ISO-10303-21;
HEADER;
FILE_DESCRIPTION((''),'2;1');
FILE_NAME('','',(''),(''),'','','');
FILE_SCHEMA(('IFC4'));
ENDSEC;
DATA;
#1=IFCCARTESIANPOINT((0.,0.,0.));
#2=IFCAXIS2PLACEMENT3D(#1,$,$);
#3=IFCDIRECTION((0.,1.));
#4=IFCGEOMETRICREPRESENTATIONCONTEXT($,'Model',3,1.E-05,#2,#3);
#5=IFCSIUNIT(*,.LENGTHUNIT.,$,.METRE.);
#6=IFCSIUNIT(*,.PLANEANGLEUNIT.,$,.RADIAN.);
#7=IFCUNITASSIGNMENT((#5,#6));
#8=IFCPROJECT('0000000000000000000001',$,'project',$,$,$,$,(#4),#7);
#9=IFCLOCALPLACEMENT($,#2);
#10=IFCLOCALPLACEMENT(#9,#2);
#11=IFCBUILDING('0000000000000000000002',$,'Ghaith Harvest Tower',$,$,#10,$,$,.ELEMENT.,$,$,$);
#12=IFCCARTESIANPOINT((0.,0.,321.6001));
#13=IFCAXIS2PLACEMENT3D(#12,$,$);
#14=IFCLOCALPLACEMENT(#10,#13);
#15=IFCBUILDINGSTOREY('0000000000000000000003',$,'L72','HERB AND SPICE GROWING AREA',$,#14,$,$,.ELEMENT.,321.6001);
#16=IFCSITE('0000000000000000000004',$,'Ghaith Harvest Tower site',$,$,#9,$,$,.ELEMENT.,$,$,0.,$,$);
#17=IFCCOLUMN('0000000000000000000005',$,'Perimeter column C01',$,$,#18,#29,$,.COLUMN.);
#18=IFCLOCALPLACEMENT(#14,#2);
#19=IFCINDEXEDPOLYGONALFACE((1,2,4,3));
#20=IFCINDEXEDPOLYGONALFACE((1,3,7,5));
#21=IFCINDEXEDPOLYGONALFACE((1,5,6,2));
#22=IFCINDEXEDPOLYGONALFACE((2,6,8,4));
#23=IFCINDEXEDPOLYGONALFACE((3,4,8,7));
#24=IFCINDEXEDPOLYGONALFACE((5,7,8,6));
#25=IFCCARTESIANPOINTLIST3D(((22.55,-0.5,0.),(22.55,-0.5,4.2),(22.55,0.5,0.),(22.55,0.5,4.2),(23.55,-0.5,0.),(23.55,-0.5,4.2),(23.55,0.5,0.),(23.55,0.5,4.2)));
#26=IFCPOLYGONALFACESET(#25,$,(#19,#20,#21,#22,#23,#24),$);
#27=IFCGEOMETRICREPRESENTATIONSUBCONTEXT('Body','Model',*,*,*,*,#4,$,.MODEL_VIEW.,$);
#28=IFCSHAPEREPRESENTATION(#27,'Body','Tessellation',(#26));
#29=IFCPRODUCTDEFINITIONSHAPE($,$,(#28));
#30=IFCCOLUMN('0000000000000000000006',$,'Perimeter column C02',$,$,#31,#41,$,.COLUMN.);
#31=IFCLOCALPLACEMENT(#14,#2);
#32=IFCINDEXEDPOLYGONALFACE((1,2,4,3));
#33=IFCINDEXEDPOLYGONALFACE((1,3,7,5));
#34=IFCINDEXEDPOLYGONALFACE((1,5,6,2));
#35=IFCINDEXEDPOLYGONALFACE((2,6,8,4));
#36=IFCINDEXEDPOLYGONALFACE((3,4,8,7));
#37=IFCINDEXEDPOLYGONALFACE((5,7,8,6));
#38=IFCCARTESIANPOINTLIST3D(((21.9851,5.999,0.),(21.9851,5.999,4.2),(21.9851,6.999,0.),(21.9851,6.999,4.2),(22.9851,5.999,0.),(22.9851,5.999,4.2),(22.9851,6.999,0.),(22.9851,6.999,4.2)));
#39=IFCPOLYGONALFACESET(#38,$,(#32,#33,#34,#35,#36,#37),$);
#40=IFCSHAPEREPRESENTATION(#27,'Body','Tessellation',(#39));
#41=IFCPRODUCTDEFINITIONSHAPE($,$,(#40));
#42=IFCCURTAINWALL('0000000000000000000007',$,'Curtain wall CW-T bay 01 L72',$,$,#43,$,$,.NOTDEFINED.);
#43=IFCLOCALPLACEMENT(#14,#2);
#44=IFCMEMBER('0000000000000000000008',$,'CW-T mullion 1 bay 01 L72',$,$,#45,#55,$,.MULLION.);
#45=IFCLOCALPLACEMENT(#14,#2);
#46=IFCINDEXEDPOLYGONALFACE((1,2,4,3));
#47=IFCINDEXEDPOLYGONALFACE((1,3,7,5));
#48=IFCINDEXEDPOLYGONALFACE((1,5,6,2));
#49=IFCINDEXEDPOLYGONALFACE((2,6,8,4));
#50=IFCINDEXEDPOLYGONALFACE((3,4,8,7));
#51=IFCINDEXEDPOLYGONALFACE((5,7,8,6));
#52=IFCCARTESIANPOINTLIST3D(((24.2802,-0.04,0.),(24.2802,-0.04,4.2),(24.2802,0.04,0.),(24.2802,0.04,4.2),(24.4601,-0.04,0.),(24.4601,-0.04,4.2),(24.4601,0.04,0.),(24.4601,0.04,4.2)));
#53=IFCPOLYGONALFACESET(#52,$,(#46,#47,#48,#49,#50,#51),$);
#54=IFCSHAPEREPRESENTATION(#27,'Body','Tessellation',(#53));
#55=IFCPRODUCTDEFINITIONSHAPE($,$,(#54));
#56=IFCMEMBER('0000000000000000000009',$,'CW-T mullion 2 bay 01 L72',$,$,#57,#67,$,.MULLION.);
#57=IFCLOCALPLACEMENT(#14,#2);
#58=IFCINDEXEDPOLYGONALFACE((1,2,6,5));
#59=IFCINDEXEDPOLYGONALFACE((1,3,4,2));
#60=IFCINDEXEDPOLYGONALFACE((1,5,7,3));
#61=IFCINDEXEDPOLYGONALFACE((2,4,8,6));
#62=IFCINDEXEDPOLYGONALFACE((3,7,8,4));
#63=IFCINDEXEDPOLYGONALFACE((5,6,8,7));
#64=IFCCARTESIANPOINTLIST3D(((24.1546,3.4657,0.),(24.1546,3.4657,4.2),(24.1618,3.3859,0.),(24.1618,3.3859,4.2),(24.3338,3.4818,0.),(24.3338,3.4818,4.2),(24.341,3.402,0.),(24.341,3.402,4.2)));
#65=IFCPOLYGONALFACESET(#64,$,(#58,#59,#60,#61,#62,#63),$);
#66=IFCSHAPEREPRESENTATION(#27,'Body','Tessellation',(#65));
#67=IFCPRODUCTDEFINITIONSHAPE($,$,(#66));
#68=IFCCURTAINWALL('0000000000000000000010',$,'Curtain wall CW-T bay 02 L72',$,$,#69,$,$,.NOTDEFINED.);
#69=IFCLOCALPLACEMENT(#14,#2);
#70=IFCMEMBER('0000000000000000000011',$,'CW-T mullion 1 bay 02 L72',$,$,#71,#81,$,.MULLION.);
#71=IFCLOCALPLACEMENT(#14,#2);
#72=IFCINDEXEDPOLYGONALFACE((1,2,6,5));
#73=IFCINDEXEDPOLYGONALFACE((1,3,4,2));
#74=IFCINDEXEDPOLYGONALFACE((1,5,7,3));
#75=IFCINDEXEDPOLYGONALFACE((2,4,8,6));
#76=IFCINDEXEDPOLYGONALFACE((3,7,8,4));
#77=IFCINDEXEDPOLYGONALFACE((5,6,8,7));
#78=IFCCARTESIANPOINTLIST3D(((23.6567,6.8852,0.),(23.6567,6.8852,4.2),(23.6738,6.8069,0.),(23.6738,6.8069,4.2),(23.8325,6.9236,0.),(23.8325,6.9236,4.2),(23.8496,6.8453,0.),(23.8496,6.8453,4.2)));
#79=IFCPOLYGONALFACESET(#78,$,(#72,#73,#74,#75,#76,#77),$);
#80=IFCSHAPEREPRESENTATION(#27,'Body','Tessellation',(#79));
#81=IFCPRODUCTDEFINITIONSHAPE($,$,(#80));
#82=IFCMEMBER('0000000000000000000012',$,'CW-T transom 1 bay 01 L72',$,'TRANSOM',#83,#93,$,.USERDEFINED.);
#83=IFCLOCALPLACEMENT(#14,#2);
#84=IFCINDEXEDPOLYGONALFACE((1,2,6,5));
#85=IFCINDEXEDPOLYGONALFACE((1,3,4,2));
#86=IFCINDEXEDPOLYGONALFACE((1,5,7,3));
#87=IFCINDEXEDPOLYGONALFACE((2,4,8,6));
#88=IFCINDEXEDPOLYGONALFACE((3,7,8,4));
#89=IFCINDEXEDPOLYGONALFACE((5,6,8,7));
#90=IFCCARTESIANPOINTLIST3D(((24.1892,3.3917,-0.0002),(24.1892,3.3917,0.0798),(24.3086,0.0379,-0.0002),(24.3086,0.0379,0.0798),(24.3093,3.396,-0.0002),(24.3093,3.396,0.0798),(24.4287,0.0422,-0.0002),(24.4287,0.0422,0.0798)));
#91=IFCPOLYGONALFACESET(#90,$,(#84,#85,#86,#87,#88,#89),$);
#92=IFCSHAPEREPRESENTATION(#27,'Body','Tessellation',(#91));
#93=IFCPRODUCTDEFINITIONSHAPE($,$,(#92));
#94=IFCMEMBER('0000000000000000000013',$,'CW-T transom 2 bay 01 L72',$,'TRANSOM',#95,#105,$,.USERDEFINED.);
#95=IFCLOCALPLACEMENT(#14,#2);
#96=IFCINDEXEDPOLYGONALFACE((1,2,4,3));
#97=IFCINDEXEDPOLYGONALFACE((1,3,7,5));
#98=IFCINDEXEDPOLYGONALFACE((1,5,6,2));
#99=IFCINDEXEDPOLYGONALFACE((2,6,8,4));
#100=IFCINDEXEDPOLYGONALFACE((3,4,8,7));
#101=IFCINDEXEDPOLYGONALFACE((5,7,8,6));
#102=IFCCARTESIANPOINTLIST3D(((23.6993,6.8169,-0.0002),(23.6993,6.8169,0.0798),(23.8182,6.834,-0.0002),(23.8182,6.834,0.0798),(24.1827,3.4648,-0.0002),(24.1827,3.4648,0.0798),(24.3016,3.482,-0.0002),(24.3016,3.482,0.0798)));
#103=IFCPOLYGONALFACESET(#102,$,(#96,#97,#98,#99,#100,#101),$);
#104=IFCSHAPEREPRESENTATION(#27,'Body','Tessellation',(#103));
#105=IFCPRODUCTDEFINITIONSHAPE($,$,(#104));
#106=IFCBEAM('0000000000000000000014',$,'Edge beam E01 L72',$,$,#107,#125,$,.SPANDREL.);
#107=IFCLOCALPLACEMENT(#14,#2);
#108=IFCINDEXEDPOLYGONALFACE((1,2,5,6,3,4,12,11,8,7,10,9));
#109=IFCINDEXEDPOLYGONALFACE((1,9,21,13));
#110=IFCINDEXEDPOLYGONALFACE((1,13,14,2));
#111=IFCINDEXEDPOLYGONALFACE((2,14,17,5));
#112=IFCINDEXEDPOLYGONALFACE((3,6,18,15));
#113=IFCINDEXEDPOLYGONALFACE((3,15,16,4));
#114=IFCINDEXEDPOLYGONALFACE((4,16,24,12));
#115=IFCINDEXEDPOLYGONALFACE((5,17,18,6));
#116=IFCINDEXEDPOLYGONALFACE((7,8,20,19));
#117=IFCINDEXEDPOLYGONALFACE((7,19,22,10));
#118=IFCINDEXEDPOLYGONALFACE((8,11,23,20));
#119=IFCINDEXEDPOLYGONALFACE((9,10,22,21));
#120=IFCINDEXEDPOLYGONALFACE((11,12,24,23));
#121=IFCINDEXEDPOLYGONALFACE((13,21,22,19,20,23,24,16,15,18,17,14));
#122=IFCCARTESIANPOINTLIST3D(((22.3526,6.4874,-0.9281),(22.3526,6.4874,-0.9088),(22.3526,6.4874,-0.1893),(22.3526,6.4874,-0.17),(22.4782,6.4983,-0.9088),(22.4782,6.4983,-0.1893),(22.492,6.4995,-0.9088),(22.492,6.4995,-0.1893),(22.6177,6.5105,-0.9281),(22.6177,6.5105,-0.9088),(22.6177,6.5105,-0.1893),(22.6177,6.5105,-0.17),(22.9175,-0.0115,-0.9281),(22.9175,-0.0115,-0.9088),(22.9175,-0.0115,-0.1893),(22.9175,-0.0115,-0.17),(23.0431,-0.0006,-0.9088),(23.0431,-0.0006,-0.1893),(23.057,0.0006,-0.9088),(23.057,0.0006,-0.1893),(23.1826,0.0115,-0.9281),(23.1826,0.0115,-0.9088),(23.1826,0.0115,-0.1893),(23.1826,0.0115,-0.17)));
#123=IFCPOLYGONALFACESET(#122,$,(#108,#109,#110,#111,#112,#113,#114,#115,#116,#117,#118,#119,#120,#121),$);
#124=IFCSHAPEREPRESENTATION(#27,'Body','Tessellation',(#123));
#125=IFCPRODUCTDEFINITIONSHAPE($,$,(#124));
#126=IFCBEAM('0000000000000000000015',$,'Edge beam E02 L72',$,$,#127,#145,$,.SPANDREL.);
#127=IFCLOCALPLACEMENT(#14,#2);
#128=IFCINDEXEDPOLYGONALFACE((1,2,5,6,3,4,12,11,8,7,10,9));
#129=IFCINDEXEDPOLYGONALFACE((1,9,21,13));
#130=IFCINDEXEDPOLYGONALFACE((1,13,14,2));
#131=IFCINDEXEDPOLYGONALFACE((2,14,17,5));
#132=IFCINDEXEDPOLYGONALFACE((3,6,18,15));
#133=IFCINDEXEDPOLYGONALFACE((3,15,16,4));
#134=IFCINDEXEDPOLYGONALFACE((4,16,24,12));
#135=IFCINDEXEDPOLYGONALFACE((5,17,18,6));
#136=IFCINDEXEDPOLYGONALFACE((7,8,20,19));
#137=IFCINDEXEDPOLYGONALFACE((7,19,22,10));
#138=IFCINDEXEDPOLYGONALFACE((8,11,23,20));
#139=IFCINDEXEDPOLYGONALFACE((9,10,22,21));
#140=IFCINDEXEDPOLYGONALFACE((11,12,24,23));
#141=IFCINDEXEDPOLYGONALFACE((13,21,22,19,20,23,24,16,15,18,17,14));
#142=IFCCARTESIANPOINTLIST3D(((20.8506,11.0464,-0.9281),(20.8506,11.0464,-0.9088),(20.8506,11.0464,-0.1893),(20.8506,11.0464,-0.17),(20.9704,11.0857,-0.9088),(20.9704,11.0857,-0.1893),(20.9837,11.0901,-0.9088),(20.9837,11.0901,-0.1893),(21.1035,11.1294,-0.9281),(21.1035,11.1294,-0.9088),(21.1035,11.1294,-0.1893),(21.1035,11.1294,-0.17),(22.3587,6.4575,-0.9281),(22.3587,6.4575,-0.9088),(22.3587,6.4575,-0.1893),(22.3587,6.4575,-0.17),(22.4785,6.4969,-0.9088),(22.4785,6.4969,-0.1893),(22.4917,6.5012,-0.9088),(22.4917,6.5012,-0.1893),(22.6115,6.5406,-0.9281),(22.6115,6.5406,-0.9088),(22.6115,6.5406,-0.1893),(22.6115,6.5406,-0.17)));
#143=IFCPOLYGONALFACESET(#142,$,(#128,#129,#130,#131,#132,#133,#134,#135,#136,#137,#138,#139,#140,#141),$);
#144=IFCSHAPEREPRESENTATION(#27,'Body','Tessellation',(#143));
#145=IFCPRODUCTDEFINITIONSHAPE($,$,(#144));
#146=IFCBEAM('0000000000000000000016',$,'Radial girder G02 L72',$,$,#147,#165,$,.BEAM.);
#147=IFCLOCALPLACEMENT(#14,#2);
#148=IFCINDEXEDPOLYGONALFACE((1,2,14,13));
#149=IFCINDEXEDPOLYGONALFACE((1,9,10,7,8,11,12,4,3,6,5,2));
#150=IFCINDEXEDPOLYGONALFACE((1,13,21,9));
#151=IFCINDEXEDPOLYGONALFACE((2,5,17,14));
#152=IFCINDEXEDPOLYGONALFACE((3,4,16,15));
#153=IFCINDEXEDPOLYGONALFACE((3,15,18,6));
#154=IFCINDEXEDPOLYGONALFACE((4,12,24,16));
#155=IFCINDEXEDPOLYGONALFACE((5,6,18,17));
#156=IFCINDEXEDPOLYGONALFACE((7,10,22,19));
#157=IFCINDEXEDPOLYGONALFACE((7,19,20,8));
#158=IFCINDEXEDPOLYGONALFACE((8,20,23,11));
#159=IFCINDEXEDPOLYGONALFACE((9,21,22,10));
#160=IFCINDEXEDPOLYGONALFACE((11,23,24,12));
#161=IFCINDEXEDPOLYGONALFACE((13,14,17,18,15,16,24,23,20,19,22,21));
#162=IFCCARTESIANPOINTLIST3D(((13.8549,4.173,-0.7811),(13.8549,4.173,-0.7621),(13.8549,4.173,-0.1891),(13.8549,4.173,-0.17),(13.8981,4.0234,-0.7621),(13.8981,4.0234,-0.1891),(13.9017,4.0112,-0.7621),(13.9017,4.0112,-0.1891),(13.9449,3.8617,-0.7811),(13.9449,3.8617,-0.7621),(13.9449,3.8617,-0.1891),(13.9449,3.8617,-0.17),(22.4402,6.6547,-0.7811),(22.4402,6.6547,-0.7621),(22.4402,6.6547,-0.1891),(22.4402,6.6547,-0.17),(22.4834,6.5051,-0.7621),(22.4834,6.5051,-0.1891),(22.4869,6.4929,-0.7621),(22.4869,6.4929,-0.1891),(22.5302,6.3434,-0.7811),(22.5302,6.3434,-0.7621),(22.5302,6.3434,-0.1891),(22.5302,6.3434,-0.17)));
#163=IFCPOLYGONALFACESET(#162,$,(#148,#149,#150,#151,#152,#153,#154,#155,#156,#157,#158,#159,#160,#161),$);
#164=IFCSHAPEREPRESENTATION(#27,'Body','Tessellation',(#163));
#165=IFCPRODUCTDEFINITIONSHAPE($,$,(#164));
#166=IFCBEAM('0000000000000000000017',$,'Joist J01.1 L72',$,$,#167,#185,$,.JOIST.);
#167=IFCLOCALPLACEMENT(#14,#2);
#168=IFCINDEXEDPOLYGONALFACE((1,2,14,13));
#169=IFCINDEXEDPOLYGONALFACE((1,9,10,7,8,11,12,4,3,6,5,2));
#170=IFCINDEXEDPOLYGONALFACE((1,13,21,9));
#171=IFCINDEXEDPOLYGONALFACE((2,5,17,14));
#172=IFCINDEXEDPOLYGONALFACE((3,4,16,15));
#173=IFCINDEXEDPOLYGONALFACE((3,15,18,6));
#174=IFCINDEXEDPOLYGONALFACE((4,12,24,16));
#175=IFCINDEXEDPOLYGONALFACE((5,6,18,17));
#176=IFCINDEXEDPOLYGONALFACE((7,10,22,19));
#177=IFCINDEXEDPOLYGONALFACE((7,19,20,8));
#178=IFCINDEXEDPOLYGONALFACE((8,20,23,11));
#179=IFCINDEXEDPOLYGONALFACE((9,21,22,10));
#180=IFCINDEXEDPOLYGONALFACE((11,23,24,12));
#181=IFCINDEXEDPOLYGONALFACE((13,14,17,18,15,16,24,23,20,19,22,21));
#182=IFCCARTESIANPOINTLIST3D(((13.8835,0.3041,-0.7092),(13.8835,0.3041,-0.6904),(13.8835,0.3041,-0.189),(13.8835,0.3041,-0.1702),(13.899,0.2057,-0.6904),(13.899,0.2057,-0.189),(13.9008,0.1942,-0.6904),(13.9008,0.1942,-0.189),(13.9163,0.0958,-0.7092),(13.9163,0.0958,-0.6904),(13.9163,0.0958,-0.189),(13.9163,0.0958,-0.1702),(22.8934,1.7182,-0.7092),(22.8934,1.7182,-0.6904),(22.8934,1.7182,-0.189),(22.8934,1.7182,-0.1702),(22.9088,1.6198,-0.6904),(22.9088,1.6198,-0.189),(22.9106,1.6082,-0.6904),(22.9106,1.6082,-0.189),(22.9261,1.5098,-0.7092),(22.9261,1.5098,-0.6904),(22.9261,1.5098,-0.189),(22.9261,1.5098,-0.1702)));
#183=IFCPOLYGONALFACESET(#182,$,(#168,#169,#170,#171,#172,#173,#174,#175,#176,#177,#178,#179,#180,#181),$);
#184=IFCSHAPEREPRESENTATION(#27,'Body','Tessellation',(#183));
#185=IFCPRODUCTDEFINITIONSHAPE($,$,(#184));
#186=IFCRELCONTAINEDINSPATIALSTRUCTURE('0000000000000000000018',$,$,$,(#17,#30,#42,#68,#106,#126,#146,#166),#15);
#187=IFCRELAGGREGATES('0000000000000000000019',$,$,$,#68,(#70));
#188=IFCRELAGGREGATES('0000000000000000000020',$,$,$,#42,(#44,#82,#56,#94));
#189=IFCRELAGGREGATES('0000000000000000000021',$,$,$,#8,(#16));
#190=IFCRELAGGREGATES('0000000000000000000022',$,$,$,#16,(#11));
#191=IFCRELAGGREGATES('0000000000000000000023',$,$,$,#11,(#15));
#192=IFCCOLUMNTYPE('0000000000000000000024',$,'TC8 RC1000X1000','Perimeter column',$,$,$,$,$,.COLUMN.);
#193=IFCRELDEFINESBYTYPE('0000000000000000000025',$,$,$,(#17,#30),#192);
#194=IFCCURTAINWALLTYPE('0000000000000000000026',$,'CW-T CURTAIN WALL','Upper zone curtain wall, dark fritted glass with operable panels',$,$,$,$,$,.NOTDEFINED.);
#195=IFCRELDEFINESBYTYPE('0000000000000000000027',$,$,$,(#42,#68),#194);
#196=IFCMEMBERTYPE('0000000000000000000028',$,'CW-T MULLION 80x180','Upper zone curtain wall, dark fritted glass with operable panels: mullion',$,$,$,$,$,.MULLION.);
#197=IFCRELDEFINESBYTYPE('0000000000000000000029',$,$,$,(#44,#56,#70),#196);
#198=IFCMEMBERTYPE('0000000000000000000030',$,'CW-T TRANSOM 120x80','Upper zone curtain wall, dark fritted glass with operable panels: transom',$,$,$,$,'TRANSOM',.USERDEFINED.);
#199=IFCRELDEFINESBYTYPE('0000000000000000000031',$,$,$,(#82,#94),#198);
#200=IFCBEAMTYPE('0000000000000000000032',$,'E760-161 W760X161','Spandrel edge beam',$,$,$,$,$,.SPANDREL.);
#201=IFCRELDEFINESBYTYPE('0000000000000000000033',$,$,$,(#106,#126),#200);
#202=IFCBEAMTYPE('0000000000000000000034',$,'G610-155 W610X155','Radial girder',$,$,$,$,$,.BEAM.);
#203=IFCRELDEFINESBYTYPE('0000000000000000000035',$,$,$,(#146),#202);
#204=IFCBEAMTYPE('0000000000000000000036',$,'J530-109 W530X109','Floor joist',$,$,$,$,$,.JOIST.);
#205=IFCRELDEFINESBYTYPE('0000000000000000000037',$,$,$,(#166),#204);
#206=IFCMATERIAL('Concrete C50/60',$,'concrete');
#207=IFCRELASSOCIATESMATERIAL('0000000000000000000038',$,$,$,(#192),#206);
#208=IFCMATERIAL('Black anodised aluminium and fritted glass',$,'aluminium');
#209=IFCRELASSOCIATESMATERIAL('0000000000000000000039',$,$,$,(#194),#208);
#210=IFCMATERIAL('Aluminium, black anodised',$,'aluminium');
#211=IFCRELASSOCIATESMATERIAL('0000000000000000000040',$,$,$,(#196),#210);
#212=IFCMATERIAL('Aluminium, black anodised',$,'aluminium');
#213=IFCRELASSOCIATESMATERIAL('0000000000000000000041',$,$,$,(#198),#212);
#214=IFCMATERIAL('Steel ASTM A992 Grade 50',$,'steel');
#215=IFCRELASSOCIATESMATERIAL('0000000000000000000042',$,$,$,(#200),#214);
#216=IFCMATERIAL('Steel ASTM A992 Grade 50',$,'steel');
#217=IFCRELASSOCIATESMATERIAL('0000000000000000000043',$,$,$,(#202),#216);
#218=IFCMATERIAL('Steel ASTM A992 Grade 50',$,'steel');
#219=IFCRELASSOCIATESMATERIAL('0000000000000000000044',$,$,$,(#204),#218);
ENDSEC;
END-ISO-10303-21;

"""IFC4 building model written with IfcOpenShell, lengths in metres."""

from ifc_helpers import new_model, si_unit, direction, frame, origin, origin_2d, place, context, subcontext, project, spatial, rectangle, i_section, extrude, material, material_profile, profile_set, type_object, element, aggregate, save


model = new_model("IFC4")

# Units and contexts
model_context = context("Model", 3, precision=1e-05, world=origin(), true_north=direction((0.0, 1.0)))
body_context = subcontext(model_context, "Body", "Model", "MODEL_VIEW")
ifc_project = project(units=[si_unit("LENGTHUNIT", "METRE"), si_unit("PLANEANGLEUNIT", "RADIAN")], contexts=[model_context])

# Site, building, storey
site_placement = place(None, origin())
site = spatial("IfcSite", under=ifc_project, at=site_placement, Name="Ghaith Harvest Tower site", CompositionType="ELEMENT", RefElevation=0.0)
building_placement = place(site_placement, origin())
building = spatial("IfcBuilding", under=site, at=building_placement, Name="Ghaith Harvest Tower", CompositionType="ELEMENT")
storey_placement = place(building_placement, frame((0.0, 0.0, 321.6001)))
storey = spatial("IfcBuildingStorey", under=building, at=storey_placement, Name="L72", Description="HERB AND SPICE GROWING AREA", CompositionType="ELEMENT", Elevation=321.6001)

# Columns
ifc_material_1 = material(Name="Concrete C50/60", Category="concrete")
ifc_material_profile_1 = material_profile(ifc_material_1, rectangle(XDim=1.0, YDim=1.0, at=origin_2d()), Name="RC1000X1000")
ifc_profile_set_1 = profile_set([ifc_material_profile_1], Name="Concrete C50/60")
column_type = type_object("IfcColumnType", Name="TC8 RC1000X1000", Description="Perimeter column", PredefinedType="COLUMN", material=ifc_profile_set_1)
for number, where, z_axis, x_axis, name in (
    (1, (23.05, 0.0, 0.0), (0.0, 0.0, 1.0), (1.0, 0.0, 0.0), "Perimeter column C01"),
    (2, (22.4851, 6.499, 0.0), (0.0, 0.0, 1.0), (1.0, 0.0, 0.0), "Perimeter column C02"),
):
    element("IfcColumn", number, at=place(storey_placement, frame(where, z_axis=z_axis, x_axis=x_axis)), inside=storey, type_object=column_type, Name=name, PredefinedType="COLUMN", context=body_context, shape_type="SweptSolid", body=[
        extrude(rectangle(XDim=1.0, YDim=1.0, at=origin_2d()), origin(), (0.0, 0.0, 1.0), 4.2),
    ])

# Curtain wall, members
ifc_material_2 = material(Name="Black anodised aluminium and fritted glass", Category="aluminium")
curtain_wall_type = type_object("IfcCurtainWallType", Name="CW-T CURTAIN WALL", Description="Upper zone curtain wall, dark fritted glass with operable panels", PredefinedType="NOTDEFINED", material=ifc_material_2)
curtain_wall_1_placement = place(storey_placement, origin())
curtain_wall_1 = element("IfcCurtainWall", 3, at=curtain_wall_1_placement, inside=storey, type_object=curtain_wall_type, Name="Curtain wall CW-T bay 01 L72", PredefinedType="NOTDEFINED")
ifc_material_3 = material(Name="Aluminium, black anodised", Category="aluminium")
ifc_material_profile_2 = material_profile(ifc_material_3, rectangle(XDim=0.0801, YDim=0.1799, at=origin_2d()), Name="CW-T MULLION 80x180")
ifc_profile_set_2 = profile_set([ifc_material_profile_2], Name="Aluminium, black anodised")
member_type_1 = type_object("IfcMemberType", Name="CW-T MULLION 80x180", Description="Upper zone curtain wall, dark fritted glass with operable panels: mullion", PredefinedType="MULLION", material=ifc_profile_set_2)
member_1_placement = place(storey_placement, frame((24.3701, 0.0, 0.0), z_axis=(0.0, 0.0, 1.0), x_axis=(0.0, 1.0, 0.0)))
member_1 = element("IfcMember", 4, at=member_1_placement, type_object=member_type_1, Name="CW-T mullion 1 bay 01 L72", PredefinedType="MULLION", context=body_context, shape_type="SweptSolid", body=[
    extrude(rectangle(XDim=0.0801, YDim=0.1799, at=origin_2d()), origin(), (0.0, 0.0, 1.0), 4.2),
])
member_2_placement = place(storey_placement, frame((24.2478, 3.4338, 0.0), z_axis=(0.0, 0.0, 1.0), x_axis=(-0.089502, 0.995987, 0.0)))
member_2 = element("IfcMember", 5, at=member_2_placement, type_object=member_type_1, Name="CW-T mullion 2 bay 01 L72", PredefinedType="MULLION", context=body_context, shape_type="SweptSolid", body=[
    extrude(rectangle(XDim=0.0801, YDim=0.1799, at=origin_2d()), origin(), (0.0, 0.0, 1.0), 4.2),
])

# Curtain wall, member
curtain_wall_2_placement = place(storey_placement, origin())
curtain_wall_2 = element("IfcCurtainWall", 6, at=curtain_wall_2_placement, inside=storey, type_object=curtain_wall_type, Name="Curtain wall CW-T bay 02 L72", PredefinedType="NOTDEFINED")
member_3_placement = place(storey_placement, frame((23.7532, 6.8652, 0.0), z_axis=(0.0, 0.0, 1.0), x_axis=(-0.213402, 0.976964, 0.0)))
member_3 = element("IfcMember", 7, at=member_3_placement, type_object=member_type_1, Name="CW-T mullion 1 bay 02 L72", PredefinedType="MULLION", context=body_context, shape_type="SweptSolid", body=[
    extrude(rectangle(XDim=0.0801, YDim=0.1799, at=origin_2d()), origin(), (0.0, 0.0, 1.0), 4.2),
])
aggregate(curtain_wall_2, [member_3])

# Members
ifc_material_4 = material(Name="Aluminium, black anodised", Category="aluminium")
ifc_material_profile_3 = material_profile(ifc_material_4, rectangle(XDim=0.1201, YDim=0.0801, at=origin_2d()), Name="CW-T TRANSOM 120x80")
ifc_profile_set_3 = profile_set([ifc_material_profile_3], Name="Aluminium, black anodised")
member_type_2 = type_object("IfcMemberType", Name="CW-T TRANSOM 120x80", Description="Upper zone curtain wall, dark fritted glass with operable panels: transom", ElementType="TRANSOM", PredefinedType="USERDEFINED", material=ifc_profile_set_3)
member_4_placement = place(storey_placement, frame((24.3687, 0.04, 0.0398), z_axis=(-0.035575, 0.999367, 0.0), x_axis=(-0.999367, -0.035575, 0.0)))
member_4 = element("IfcMember", 8, at=member_4_placement, type_object=member_type_2, Name="CW-T transom 1 bay 01 L72", ObjectType="TRANSOM", PredefinedType="USERDEFINED", context=body_context, shape_type="SweptSolid", body=[
    extrude(rectangle(XDim=0.1201, YDim=0.0801, at=origin_2d()), origin(), (0.0, 0.0, 1.0), 3.356),
])
member_5_placement = place(storey_placement, frame((24.2422, 3.4734, 0.0398), z_axis=(-0.142733, 0.989761, 0.0), x_axis=(-0.989761, -0.142733, 0.0)))
member_5 = element("IfcMember", 9, at=member_5_placement, type_object=member_type_2, Name="CW-T transom 2 bay 01 L72", ObjectType="TRANSOM", PredefinedType="USERDEFINED", context=body_context, shape_type="SweptSolid", body=[
    extrude(rectangle(XDim=0.1201, YDim=0.0801, at=origin_2d()), origin(), (0.0, 0.0, 1.0), 3.3867),
])

# Beams
ifc_material_5 = material(Name="Steel ASTM A992 Grade 50", Category="steel")
ifc_material_profile_4 = material_profile(ifc_material_5, i_section(OverallWidth=0.2661, OverallDepth=0.7581, WebThickness=0.0139, FlangeThickness=0.0193, at=origin_2d()), Name="W760X161")
ifc_profile_set_4 = profile_set([ifc_material_profile_4], Name="Steel ASTM A992 Grade 50")
beam_type_1 = type_object("IfcBeamType", Name="E760-161 W760X161", Description="Spandrel edge beam", PredefinedType="SPANDREL", material=ifc_profile_set_4)
beam_1_placement = place(storey_placement, frame((23.05, 0.0, -0.5491), z_axis=(-0.086601, 0.996243, 0.0), x_axis=(-0.996243, -0.086601, 0.0)))
element("IfcBeam", 10, at=beam_1_placement, inside=storey, type_object=beam_type_1, Name="Edge beam E01 L72", PredefinedType="SPANDREL", context=body_context, shape_type="SweptSolid", body=[
    extrude(i_section(OverallWidth=0.2661, OverallDepth=0.7581, WebThickness=0.0139, FlangeThickness=0.0193, at=origin_2d()), origin(), (0.0, 0.0, 1.0), 6.5234),
])
beam_2_placement = place(storey_placement, frame((22.4851, 6.499, -0.5491), z_axis=(-0.312207, 0.950014, 0.0), x_axis=(-0.950014, -0.312207, 0.0)))
element("IfcBeam", 11, at=beam_2_placement, inside=storey, type_object=beam_type_1, Name="Edge beam E02 L72", PredefinedType="SPANDREL", context=body_context, shape_type="SweptSolid", body=[
    extrude(i_section(OverallWidth=0.2661, OverallDepth=0.7581, WebThickness=0.0139, FlangeThickness=0.0193, at=origin_2d()), origin(), (0.0, 0.0, 1.0), 4.8303),
])
ifc_material_6 = material(Name="Steel ASTM A992 Grade 50", Category="steel")
ifc_material_profile_5 = material_profile(ifc_material_6, i_section(OverallWidth=0.324, OverallDepth=0.6111, WebThickness=0.0127, FlangeThickness=0.019, at=origin_2d()), Name="W610X155")
ifc_profile_set_5 = profile_set([ifc_material_profile_5], Name="Steel ASTM A992 Grade 50")
beam_type_2 = type_object("IfcBeamType", Name="G610-155 W610X155", Description="Radial girder", PredefinedType="BEAM", material=ifc_profile_set_5)
beam_3_placement = place(storey_placement, frame((13.8999, 4.0173, -0.4756), z_axis=(0.960669, 0.277697, 0.0), x_axis=(-0.277697, 0.960669, 0.0)))
element("IfcBeam", 12, at=beam_3_placement, inside=storey, type_object=beam_type_2, Name="Radial girder G02 L72", PredefinedType="BEAM", context=body_context, shape_type="SweptSolid", body=[
    extrude(i_section(OverallWidth=0.324, OverallDepth=0.6111, WebThickness=0.0127, FlangeThickness=0.019, at=origin_2d()), origin(), (0.0, 0.0, 1.0), 8.9368),
])
ifc_material_7 = material(Name="Steel ASTM A992 Grade 50", Category="steel")
ifc_material_profile_6 = material_profile(ifc_material_7, i_section(OverallWidth=0.2109, OverallDepth=0.5391, WebThickness=0.0117, FlangeThickness=0.0188, at=origin_2d()), Name="W530X109")
ifc_profile_set_6 = profile_set([ifc_material_profile_6], Name="Steel ASTM A992 Grade 50")
beam_type_3 = type_object("IfcBeamType", Name="J530-109 W530X109", Description="Floor joist", PredefinedType="JOIST", material=ifc_profile_set_6)
beam_4_placement = place(storey_placement, frame((13.8999, 0.2, -0.4397), z_axis=(0.987907, 0.15505, 0.0), x_axis=(-0.15505, 0.987907, 0.0)))
element("IfcBeam", 13, at=beam_4_placement, inside=storey, type_object=beam_type_3, Name="Joist J01.1 L72", PredefinedType="JOIST", context=body_context, shape_type="SweptSolid", body=[
    extrude(i_section(OverallWidth=0.2109, OverallDepth=0.5391, WebThickness=0.0117, FlangeThickness=0.0188, at=origin_2d()), origin(), (0.0, 0.0, 1.0), 9.1201),
])

aggregate(curtain_wall_1, [member_1, member_4, member_2, member_5])

save(model, "model.ifc")
